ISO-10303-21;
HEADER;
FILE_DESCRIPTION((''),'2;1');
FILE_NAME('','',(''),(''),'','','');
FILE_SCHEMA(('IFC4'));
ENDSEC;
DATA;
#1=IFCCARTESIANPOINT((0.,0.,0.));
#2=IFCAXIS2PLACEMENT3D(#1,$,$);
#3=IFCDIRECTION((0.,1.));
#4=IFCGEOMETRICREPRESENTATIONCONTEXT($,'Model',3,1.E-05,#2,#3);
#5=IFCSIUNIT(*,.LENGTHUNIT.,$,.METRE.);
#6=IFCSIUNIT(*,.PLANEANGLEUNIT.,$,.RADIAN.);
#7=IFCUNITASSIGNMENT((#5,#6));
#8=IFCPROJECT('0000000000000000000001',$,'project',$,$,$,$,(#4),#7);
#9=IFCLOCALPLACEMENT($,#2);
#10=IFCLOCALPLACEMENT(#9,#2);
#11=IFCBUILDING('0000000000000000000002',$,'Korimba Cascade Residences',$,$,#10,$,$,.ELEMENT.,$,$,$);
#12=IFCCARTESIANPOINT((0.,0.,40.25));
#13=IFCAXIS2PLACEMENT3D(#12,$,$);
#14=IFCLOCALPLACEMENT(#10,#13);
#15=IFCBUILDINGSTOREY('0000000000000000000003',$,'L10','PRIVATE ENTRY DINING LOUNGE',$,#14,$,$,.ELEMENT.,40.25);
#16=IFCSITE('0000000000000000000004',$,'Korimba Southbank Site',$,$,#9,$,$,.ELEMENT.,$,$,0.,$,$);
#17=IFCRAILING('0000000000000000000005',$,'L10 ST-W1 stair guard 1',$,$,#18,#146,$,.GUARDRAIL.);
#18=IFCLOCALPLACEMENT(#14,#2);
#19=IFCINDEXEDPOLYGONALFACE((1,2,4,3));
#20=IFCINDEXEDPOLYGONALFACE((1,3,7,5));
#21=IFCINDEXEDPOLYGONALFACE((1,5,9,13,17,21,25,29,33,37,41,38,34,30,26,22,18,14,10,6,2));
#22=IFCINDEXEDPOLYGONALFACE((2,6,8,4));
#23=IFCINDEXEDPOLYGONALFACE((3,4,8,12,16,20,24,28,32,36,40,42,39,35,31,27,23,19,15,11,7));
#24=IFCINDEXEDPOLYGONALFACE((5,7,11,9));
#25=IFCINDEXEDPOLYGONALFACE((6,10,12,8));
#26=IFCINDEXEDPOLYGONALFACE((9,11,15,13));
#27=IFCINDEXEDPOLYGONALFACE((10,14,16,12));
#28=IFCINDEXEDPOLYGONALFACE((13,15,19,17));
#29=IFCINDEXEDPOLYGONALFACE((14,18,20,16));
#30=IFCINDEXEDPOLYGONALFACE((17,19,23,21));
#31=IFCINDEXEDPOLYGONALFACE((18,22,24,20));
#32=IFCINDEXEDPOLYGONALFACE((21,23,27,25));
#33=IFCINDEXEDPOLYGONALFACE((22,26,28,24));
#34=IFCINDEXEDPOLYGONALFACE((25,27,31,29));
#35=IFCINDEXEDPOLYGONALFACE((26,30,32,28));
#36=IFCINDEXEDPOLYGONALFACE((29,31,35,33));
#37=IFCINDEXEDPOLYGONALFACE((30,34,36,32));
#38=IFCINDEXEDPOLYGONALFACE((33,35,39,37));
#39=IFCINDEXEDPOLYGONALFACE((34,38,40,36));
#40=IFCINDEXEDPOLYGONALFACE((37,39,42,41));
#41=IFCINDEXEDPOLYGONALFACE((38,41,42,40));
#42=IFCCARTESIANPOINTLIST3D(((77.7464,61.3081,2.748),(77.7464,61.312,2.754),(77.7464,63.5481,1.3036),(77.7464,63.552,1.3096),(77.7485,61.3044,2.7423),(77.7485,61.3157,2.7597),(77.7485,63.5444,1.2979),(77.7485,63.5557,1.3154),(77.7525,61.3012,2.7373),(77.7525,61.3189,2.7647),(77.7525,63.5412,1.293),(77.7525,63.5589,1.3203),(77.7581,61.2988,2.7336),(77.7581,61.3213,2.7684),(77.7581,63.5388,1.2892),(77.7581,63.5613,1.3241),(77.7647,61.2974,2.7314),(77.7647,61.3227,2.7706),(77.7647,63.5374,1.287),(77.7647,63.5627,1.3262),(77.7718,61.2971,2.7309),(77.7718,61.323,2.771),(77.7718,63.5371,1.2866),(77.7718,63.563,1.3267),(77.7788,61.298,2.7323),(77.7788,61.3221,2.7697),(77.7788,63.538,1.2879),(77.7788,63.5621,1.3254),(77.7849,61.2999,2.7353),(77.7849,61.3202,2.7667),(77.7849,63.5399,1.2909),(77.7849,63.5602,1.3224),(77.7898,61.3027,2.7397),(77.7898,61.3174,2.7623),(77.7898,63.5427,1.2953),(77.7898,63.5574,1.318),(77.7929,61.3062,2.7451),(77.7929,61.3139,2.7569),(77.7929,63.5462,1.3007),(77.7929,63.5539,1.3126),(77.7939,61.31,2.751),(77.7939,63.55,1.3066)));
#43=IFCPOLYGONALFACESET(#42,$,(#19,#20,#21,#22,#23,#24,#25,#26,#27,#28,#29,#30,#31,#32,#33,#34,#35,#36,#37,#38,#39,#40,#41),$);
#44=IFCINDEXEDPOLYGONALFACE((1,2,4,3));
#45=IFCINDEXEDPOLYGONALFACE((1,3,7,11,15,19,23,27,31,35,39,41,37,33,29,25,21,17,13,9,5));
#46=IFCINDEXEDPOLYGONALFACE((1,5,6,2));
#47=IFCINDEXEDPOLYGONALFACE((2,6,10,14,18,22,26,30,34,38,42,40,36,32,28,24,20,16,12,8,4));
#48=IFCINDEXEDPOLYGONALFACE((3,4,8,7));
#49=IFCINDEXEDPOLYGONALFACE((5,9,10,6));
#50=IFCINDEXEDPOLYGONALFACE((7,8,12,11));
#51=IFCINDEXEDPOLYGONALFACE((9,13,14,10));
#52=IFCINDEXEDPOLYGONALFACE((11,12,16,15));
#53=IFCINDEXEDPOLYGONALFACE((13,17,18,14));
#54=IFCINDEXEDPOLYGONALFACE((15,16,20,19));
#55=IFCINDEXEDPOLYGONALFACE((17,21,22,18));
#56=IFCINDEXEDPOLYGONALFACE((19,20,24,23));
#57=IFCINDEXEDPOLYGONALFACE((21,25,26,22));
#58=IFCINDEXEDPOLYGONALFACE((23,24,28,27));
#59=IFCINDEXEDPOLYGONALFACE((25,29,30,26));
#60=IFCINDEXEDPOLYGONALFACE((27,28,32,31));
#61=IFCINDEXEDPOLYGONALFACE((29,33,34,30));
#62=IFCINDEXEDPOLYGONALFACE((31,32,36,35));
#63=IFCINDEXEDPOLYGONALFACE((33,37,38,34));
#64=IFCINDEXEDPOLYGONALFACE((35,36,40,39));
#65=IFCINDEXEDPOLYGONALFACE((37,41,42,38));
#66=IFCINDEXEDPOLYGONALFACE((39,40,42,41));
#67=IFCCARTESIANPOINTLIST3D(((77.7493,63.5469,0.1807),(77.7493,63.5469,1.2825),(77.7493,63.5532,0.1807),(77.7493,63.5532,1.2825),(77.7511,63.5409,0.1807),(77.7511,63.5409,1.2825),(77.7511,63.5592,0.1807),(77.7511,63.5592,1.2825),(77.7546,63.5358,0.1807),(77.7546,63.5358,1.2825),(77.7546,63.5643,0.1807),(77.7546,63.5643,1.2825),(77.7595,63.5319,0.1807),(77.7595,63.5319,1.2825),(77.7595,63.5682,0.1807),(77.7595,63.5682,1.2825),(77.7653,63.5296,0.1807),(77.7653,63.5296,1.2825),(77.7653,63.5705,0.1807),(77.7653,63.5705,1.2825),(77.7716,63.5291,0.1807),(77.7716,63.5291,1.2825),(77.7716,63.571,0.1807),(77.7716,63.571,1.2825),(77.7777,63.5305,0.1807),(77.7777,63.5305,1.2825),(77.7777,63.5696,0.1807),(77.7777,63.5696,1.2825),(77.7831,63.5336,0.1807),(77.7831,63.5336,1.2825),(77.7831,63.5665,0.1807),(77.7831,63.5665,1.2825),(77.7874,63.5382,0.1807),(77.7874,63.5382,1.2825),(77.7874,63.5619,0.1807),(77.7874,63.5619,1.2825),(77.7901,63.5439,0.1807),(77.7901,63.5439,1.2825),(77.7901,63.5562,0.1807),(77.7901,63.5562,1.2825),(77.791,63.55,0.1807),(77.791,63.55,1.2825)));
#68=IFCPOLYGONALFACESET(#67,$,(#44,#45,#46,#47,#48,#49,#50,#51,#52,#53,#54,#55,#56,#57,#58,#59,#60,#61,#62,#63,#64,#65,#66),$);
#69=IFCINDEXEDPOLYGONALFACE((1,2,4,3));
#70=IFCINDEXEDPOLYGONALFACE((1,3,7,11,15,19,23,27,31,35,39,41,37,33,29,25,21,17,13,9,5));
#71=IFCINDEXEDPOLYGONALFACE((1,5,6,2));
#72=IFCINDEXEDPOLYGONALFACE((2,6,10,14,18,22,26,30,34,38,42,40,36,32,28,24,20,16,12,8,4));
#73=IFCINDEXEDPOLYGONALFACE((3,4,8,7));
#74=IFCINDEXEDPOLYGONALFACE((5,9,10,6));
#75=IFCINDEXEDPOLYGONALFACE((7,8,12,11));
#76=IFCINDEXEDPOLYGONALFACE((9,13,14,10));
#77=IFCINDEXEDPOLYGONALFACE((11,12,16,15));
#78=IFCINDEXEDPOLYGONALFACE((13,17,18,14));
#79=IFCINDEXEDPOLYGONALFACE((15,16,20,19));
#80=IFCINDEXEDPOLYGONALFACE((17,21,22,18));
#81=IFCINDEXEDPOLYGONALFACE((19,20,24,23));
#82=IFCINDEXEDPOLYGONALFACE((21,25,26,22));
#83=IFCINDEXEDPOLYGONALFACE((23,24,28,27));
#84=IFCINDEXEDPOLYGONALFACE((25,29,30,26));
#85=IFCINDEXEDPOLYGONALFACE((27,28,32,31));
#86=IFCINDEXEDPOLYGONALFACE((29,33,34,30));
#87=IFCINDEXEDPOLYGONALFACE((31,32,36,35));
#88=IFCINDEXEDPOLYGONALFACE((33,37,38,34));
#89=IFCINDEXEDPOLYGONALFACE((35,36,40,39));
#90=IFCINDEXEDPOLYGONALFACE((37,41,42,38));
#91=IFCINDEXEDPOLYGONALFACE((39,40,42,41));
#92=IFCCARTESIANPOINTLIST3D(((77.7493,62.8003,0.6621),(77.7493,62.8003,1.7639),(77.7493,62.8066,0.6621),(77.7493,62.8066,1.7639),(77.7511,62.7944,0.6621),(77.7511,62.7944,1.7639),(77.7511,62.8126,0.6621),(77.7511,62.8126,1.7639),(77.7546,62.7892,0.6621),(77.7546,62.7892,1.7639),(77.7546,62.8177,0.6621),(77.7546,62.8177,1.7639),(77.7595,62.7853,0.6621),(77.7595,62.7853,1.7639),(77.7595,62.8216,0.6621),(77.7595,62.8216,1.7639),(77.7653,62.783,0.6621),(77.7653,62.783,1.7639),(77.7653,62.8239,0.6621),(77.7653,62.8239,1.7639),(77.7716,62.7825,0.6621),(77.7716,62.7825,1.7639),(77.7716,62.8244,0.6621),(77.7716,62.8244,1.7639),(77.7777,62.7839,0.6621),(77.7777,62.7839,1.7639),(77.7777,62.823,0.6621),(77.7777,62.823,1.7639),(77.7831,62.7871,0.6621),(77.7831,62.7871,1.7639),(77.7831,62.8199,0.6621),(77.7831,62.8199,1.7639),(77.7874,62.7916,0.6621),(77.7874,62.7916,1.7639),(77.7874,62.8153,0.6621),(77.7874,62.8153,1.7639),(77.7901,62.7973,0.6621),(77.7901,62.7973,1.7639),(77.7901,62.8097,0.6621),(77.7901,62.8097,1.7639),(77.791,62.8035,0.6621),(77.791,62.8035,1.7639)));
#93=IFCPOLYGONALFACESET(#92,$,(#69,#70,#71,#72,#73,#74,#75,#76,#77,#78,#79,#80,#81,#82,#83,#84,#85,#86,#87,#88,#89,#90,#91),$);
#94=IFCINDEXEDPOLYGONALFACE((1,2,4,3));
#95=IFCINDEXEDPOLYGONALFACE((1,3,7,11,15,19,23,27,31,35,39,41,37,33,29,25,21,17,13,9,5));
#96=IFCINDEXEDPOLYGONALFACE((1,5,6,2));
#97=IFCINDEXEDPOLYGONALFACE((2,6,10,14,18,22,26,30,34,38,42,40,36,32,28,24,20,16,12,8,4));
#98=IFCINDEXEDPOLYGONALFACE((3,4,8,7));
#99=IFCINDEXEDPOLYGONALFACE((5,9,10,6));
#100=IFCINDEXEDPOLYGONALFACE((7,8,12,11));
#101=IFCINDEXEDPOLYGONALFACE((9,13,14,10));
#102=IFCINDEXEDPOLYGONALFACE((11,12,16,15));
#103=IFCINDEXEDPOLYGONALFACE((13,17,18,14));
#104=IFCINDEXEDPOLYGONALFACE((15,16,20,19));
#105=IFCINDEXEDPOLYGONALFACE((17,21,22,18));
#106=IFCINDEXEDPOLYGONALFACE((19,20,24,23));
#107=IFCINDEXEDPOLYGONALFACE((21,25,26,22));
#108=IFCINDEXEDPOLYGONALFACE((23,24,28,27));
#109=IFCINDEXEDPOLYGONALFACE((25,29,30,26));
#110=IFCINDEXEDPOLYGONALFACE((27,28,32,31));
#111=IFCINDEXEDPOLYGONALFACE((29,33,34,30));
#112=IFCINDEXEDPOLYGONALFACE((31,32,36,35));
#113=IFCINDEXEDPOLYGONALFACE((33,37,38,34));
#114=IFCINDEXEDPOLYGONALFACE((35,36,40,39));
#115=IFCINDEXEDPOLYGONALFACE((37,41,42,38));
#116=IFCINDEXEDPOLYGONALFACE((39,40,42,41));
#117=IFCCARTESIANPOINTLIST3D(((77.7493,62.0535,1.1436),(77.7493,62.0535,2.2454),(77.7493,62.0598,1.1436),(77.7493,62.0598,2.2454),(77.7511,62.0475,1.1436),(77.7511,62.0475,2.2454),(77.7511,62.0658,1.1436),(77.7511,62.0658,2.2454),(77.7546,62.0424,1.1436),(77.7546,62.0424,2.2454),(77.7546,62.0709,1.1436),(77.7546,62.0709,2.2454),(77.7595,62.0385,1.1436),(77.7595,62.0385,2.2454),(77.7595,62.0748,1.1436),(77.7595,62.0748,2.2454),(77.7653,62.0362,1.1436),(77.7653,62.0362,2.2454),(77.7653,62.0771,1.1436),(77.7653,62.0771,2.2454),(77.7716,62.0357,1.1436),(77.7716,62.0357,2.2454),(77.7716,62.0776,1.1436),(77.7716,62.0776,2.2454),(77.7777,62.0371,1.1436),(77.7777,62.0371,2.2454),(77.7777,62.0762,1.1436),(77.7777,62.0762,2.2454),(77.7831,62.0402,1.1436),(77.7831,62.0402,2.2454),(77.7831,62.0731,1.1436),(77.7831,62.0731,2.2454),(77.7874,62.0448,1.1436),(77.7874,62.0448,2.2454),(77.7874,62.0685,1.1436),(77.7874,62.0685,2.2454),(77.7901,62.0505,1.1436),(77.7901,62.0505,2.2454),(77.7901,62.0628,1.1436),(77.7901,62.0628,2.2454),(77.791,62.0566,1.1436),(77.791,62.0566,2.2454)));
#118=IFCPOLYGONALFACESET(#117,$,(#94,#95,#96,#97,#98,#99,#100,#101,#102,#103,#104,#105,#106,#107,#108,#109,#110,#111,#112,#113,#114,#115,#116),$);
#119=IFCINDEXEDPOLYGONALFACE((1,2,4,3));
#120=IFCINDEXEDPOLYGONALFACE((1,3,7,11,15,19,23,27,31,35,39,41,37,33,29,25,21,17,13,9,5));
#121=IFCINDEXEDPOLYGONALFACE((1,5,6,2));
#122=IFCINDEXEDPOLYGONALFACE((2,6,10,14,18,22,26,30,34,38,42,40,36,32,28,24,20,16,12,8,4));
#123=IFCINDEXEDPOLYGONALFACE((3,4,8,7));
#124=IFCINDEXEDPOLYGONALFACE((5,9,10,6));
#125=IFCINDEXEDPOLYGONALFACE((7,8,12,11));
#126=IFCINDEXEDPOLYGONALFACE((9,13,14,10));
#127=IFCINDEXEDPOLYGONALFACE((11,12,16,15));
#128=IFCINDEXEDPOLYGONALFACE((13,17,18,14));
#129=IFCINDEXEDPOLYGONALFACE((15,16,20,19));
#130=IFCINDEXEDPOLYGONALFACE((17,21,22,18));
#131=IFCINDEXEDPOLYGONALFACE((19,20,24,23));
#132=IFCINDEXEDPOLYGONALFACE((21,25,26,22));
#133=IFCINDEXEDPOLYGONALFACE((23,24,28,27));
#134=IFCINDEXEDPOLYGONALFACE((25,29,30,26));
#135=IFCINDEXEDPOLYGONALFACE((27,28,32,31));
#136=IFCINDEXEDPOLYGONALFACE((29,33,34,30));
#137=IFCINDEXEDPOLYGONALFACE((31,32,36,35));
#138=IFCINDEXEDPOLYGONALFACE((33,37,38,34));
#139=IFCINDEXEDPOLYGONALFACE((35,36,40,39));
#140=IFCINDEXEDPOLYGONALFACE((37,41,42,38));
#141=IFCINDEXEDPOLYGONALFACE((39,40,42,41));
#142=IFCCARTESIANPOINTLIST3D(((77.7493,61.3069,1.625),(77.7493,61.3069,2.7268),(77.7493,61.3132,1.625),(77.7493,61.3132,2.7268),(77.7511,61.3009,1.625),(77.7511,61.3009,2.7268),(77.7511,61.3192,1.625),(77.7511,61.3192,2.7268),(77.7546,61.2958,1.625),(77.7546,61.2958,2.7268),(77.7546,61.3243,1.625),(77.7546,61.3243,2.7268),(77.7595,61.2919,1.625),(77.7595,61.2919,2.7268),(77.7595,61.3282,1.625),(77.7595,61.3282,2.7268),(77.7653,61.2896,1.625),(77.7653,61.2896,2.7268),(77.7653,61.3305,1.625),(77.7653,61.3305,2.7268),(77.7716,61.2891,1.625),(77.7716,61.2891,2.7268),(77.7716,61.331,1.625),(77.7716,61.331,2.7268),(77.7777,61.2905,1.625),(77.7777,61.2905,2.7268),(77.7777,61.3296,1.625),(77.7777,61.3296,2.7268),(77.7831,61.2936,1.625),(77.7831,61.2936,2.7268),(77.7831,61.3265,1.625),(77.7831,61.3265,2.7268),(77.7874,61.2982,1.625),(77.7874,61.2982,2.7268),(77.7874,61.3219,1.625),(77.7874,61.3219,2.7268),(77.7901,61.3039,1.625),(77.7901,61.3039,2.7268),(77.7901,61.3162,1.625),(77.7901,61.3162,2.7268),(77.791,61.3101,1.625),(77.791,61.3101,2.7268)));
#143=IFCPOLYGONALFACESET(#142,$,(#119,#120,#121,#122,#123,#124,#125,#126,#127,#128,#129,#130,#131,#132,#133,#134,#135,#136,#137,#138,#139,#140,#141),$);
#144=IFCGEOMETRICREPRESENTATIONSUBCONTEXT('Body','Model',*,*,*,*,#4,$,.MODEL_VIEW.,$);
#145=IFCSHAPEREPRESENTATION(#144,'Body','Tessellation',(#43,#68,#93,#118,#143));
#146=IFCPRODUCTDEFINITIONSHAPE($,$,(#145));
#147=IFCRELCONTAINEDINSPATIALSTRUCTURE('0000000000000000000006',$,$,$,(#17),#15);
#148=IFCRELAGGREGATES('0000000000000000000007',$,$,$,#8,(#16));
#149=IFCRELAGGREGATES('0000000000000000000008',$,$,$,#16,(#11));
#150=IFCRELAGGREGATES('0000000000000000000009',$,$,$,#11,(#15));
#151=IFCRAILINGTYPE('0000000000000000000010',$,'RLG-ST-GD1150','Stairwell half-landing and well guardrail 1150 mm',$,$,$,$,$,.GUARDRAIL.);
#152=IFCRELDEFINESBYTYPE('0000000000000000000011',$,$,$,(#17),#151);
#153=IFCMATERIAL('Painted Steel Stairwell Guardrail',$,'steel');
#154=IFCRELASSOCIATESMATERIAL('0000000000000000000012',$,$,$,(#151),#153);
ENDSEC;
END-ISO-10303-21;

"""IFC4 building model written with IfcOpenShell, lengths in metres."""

from ifc_helpers import new_model, si_unit, direction, frame, origin, origin_2d, place, context, subcontext, project, spatial, circle, extrude, material, type_object, element, save


model = new_model("IFC4")

# Units and contexts
model_context = context("Model", 3, precision=1e-05, world=origin(), true_north=direction((0.0, 1.0)))
body_context = subcontext(model_context, "Body", "Model", "MODEL_VIEW")
ifc_project = project(units=[si_unit("LENGTHUNIT", "METRE"), si_unit("PLANEANGLEUNIT", "RADIAN")], contexts=[model_context])

# Site, building, storey
site_placement = place(None, origin())
site = spatial("IfcSite", under=ifc_project, at=site_placement, Name="Korimba Southbank Site", CompositionType="ELEMENT", RefElevation=0.0)
building_placement = place(site_placement, origin())
building = spatial("IfcBuilding", under=site, at=building_placement, Name="Korimba Cascade Residences", CompositionType="ELEMENT")
storey_placement = place(building_placement, frame((0.0, 0.0, 40.25)))
storey = spatial("IfcBuildingStorey", under=building, at=storey_placement, Name="L10", Description="PRIVATE ENTRY DINING LOUNGE", CompositionType="ELEMENT", Elevation=40.25)

# Railing
ifc_material_1 = material(Name="Painted Steel Stairwell Guardrail", Category="steel")
railing_type_1 = type_object("IfcRailingType", Name="RLG-ST-GD1150", Description="Stairwell half-landing and well guardrail 1150 mm", PredefinedType="GUARDRAIL", material=ifc_material_1)
railing_1_placement = place(storey_placement, frame((77.77, 63.55, 0.1807)))
element("IfcRailing", 1, at=railing_1_placement, inside=storey, type_object=railing_type_1, Name="L10 ST-W1 stair guard 1", PredefinedType="GUARDRAIL", context=body_context, shape_type="SweptSolid", body=[
    extrude(circle(Radius=0.0239, at=origin_2d()), frame((0.0, 0.0, 1.126), z_axis=(0.0, -0.840437, 0.54191), x_axis=(1.0, 0.0, 0.0)), (0.0, 0.0, 1.0), 2.6653),
    extrude(circle(Radius=0.021, at=origin_2d()), origin(), (0.0, 0.0, 1.0), 1.1018),
    extrude(circle(Radius=0.021, at=origin_2d()), frame((0.0, -0.7466, 0.4814)), (0.0, 0.0, 1.0), 1.1018),
    extrude(circle(Radius=0.021, at=origin_2d()), frame((0.0, -1.4934, 0.9629)), (0.0, 0.0, 1.0), 1.1018),
    extrude(circle(Radius=0.021, at=origin_2d()), frame((0.0, -2.24, 1.4443)), (0.0, 0.0, 1.0), 1.1018),
])

save(model, "model.ifc")
